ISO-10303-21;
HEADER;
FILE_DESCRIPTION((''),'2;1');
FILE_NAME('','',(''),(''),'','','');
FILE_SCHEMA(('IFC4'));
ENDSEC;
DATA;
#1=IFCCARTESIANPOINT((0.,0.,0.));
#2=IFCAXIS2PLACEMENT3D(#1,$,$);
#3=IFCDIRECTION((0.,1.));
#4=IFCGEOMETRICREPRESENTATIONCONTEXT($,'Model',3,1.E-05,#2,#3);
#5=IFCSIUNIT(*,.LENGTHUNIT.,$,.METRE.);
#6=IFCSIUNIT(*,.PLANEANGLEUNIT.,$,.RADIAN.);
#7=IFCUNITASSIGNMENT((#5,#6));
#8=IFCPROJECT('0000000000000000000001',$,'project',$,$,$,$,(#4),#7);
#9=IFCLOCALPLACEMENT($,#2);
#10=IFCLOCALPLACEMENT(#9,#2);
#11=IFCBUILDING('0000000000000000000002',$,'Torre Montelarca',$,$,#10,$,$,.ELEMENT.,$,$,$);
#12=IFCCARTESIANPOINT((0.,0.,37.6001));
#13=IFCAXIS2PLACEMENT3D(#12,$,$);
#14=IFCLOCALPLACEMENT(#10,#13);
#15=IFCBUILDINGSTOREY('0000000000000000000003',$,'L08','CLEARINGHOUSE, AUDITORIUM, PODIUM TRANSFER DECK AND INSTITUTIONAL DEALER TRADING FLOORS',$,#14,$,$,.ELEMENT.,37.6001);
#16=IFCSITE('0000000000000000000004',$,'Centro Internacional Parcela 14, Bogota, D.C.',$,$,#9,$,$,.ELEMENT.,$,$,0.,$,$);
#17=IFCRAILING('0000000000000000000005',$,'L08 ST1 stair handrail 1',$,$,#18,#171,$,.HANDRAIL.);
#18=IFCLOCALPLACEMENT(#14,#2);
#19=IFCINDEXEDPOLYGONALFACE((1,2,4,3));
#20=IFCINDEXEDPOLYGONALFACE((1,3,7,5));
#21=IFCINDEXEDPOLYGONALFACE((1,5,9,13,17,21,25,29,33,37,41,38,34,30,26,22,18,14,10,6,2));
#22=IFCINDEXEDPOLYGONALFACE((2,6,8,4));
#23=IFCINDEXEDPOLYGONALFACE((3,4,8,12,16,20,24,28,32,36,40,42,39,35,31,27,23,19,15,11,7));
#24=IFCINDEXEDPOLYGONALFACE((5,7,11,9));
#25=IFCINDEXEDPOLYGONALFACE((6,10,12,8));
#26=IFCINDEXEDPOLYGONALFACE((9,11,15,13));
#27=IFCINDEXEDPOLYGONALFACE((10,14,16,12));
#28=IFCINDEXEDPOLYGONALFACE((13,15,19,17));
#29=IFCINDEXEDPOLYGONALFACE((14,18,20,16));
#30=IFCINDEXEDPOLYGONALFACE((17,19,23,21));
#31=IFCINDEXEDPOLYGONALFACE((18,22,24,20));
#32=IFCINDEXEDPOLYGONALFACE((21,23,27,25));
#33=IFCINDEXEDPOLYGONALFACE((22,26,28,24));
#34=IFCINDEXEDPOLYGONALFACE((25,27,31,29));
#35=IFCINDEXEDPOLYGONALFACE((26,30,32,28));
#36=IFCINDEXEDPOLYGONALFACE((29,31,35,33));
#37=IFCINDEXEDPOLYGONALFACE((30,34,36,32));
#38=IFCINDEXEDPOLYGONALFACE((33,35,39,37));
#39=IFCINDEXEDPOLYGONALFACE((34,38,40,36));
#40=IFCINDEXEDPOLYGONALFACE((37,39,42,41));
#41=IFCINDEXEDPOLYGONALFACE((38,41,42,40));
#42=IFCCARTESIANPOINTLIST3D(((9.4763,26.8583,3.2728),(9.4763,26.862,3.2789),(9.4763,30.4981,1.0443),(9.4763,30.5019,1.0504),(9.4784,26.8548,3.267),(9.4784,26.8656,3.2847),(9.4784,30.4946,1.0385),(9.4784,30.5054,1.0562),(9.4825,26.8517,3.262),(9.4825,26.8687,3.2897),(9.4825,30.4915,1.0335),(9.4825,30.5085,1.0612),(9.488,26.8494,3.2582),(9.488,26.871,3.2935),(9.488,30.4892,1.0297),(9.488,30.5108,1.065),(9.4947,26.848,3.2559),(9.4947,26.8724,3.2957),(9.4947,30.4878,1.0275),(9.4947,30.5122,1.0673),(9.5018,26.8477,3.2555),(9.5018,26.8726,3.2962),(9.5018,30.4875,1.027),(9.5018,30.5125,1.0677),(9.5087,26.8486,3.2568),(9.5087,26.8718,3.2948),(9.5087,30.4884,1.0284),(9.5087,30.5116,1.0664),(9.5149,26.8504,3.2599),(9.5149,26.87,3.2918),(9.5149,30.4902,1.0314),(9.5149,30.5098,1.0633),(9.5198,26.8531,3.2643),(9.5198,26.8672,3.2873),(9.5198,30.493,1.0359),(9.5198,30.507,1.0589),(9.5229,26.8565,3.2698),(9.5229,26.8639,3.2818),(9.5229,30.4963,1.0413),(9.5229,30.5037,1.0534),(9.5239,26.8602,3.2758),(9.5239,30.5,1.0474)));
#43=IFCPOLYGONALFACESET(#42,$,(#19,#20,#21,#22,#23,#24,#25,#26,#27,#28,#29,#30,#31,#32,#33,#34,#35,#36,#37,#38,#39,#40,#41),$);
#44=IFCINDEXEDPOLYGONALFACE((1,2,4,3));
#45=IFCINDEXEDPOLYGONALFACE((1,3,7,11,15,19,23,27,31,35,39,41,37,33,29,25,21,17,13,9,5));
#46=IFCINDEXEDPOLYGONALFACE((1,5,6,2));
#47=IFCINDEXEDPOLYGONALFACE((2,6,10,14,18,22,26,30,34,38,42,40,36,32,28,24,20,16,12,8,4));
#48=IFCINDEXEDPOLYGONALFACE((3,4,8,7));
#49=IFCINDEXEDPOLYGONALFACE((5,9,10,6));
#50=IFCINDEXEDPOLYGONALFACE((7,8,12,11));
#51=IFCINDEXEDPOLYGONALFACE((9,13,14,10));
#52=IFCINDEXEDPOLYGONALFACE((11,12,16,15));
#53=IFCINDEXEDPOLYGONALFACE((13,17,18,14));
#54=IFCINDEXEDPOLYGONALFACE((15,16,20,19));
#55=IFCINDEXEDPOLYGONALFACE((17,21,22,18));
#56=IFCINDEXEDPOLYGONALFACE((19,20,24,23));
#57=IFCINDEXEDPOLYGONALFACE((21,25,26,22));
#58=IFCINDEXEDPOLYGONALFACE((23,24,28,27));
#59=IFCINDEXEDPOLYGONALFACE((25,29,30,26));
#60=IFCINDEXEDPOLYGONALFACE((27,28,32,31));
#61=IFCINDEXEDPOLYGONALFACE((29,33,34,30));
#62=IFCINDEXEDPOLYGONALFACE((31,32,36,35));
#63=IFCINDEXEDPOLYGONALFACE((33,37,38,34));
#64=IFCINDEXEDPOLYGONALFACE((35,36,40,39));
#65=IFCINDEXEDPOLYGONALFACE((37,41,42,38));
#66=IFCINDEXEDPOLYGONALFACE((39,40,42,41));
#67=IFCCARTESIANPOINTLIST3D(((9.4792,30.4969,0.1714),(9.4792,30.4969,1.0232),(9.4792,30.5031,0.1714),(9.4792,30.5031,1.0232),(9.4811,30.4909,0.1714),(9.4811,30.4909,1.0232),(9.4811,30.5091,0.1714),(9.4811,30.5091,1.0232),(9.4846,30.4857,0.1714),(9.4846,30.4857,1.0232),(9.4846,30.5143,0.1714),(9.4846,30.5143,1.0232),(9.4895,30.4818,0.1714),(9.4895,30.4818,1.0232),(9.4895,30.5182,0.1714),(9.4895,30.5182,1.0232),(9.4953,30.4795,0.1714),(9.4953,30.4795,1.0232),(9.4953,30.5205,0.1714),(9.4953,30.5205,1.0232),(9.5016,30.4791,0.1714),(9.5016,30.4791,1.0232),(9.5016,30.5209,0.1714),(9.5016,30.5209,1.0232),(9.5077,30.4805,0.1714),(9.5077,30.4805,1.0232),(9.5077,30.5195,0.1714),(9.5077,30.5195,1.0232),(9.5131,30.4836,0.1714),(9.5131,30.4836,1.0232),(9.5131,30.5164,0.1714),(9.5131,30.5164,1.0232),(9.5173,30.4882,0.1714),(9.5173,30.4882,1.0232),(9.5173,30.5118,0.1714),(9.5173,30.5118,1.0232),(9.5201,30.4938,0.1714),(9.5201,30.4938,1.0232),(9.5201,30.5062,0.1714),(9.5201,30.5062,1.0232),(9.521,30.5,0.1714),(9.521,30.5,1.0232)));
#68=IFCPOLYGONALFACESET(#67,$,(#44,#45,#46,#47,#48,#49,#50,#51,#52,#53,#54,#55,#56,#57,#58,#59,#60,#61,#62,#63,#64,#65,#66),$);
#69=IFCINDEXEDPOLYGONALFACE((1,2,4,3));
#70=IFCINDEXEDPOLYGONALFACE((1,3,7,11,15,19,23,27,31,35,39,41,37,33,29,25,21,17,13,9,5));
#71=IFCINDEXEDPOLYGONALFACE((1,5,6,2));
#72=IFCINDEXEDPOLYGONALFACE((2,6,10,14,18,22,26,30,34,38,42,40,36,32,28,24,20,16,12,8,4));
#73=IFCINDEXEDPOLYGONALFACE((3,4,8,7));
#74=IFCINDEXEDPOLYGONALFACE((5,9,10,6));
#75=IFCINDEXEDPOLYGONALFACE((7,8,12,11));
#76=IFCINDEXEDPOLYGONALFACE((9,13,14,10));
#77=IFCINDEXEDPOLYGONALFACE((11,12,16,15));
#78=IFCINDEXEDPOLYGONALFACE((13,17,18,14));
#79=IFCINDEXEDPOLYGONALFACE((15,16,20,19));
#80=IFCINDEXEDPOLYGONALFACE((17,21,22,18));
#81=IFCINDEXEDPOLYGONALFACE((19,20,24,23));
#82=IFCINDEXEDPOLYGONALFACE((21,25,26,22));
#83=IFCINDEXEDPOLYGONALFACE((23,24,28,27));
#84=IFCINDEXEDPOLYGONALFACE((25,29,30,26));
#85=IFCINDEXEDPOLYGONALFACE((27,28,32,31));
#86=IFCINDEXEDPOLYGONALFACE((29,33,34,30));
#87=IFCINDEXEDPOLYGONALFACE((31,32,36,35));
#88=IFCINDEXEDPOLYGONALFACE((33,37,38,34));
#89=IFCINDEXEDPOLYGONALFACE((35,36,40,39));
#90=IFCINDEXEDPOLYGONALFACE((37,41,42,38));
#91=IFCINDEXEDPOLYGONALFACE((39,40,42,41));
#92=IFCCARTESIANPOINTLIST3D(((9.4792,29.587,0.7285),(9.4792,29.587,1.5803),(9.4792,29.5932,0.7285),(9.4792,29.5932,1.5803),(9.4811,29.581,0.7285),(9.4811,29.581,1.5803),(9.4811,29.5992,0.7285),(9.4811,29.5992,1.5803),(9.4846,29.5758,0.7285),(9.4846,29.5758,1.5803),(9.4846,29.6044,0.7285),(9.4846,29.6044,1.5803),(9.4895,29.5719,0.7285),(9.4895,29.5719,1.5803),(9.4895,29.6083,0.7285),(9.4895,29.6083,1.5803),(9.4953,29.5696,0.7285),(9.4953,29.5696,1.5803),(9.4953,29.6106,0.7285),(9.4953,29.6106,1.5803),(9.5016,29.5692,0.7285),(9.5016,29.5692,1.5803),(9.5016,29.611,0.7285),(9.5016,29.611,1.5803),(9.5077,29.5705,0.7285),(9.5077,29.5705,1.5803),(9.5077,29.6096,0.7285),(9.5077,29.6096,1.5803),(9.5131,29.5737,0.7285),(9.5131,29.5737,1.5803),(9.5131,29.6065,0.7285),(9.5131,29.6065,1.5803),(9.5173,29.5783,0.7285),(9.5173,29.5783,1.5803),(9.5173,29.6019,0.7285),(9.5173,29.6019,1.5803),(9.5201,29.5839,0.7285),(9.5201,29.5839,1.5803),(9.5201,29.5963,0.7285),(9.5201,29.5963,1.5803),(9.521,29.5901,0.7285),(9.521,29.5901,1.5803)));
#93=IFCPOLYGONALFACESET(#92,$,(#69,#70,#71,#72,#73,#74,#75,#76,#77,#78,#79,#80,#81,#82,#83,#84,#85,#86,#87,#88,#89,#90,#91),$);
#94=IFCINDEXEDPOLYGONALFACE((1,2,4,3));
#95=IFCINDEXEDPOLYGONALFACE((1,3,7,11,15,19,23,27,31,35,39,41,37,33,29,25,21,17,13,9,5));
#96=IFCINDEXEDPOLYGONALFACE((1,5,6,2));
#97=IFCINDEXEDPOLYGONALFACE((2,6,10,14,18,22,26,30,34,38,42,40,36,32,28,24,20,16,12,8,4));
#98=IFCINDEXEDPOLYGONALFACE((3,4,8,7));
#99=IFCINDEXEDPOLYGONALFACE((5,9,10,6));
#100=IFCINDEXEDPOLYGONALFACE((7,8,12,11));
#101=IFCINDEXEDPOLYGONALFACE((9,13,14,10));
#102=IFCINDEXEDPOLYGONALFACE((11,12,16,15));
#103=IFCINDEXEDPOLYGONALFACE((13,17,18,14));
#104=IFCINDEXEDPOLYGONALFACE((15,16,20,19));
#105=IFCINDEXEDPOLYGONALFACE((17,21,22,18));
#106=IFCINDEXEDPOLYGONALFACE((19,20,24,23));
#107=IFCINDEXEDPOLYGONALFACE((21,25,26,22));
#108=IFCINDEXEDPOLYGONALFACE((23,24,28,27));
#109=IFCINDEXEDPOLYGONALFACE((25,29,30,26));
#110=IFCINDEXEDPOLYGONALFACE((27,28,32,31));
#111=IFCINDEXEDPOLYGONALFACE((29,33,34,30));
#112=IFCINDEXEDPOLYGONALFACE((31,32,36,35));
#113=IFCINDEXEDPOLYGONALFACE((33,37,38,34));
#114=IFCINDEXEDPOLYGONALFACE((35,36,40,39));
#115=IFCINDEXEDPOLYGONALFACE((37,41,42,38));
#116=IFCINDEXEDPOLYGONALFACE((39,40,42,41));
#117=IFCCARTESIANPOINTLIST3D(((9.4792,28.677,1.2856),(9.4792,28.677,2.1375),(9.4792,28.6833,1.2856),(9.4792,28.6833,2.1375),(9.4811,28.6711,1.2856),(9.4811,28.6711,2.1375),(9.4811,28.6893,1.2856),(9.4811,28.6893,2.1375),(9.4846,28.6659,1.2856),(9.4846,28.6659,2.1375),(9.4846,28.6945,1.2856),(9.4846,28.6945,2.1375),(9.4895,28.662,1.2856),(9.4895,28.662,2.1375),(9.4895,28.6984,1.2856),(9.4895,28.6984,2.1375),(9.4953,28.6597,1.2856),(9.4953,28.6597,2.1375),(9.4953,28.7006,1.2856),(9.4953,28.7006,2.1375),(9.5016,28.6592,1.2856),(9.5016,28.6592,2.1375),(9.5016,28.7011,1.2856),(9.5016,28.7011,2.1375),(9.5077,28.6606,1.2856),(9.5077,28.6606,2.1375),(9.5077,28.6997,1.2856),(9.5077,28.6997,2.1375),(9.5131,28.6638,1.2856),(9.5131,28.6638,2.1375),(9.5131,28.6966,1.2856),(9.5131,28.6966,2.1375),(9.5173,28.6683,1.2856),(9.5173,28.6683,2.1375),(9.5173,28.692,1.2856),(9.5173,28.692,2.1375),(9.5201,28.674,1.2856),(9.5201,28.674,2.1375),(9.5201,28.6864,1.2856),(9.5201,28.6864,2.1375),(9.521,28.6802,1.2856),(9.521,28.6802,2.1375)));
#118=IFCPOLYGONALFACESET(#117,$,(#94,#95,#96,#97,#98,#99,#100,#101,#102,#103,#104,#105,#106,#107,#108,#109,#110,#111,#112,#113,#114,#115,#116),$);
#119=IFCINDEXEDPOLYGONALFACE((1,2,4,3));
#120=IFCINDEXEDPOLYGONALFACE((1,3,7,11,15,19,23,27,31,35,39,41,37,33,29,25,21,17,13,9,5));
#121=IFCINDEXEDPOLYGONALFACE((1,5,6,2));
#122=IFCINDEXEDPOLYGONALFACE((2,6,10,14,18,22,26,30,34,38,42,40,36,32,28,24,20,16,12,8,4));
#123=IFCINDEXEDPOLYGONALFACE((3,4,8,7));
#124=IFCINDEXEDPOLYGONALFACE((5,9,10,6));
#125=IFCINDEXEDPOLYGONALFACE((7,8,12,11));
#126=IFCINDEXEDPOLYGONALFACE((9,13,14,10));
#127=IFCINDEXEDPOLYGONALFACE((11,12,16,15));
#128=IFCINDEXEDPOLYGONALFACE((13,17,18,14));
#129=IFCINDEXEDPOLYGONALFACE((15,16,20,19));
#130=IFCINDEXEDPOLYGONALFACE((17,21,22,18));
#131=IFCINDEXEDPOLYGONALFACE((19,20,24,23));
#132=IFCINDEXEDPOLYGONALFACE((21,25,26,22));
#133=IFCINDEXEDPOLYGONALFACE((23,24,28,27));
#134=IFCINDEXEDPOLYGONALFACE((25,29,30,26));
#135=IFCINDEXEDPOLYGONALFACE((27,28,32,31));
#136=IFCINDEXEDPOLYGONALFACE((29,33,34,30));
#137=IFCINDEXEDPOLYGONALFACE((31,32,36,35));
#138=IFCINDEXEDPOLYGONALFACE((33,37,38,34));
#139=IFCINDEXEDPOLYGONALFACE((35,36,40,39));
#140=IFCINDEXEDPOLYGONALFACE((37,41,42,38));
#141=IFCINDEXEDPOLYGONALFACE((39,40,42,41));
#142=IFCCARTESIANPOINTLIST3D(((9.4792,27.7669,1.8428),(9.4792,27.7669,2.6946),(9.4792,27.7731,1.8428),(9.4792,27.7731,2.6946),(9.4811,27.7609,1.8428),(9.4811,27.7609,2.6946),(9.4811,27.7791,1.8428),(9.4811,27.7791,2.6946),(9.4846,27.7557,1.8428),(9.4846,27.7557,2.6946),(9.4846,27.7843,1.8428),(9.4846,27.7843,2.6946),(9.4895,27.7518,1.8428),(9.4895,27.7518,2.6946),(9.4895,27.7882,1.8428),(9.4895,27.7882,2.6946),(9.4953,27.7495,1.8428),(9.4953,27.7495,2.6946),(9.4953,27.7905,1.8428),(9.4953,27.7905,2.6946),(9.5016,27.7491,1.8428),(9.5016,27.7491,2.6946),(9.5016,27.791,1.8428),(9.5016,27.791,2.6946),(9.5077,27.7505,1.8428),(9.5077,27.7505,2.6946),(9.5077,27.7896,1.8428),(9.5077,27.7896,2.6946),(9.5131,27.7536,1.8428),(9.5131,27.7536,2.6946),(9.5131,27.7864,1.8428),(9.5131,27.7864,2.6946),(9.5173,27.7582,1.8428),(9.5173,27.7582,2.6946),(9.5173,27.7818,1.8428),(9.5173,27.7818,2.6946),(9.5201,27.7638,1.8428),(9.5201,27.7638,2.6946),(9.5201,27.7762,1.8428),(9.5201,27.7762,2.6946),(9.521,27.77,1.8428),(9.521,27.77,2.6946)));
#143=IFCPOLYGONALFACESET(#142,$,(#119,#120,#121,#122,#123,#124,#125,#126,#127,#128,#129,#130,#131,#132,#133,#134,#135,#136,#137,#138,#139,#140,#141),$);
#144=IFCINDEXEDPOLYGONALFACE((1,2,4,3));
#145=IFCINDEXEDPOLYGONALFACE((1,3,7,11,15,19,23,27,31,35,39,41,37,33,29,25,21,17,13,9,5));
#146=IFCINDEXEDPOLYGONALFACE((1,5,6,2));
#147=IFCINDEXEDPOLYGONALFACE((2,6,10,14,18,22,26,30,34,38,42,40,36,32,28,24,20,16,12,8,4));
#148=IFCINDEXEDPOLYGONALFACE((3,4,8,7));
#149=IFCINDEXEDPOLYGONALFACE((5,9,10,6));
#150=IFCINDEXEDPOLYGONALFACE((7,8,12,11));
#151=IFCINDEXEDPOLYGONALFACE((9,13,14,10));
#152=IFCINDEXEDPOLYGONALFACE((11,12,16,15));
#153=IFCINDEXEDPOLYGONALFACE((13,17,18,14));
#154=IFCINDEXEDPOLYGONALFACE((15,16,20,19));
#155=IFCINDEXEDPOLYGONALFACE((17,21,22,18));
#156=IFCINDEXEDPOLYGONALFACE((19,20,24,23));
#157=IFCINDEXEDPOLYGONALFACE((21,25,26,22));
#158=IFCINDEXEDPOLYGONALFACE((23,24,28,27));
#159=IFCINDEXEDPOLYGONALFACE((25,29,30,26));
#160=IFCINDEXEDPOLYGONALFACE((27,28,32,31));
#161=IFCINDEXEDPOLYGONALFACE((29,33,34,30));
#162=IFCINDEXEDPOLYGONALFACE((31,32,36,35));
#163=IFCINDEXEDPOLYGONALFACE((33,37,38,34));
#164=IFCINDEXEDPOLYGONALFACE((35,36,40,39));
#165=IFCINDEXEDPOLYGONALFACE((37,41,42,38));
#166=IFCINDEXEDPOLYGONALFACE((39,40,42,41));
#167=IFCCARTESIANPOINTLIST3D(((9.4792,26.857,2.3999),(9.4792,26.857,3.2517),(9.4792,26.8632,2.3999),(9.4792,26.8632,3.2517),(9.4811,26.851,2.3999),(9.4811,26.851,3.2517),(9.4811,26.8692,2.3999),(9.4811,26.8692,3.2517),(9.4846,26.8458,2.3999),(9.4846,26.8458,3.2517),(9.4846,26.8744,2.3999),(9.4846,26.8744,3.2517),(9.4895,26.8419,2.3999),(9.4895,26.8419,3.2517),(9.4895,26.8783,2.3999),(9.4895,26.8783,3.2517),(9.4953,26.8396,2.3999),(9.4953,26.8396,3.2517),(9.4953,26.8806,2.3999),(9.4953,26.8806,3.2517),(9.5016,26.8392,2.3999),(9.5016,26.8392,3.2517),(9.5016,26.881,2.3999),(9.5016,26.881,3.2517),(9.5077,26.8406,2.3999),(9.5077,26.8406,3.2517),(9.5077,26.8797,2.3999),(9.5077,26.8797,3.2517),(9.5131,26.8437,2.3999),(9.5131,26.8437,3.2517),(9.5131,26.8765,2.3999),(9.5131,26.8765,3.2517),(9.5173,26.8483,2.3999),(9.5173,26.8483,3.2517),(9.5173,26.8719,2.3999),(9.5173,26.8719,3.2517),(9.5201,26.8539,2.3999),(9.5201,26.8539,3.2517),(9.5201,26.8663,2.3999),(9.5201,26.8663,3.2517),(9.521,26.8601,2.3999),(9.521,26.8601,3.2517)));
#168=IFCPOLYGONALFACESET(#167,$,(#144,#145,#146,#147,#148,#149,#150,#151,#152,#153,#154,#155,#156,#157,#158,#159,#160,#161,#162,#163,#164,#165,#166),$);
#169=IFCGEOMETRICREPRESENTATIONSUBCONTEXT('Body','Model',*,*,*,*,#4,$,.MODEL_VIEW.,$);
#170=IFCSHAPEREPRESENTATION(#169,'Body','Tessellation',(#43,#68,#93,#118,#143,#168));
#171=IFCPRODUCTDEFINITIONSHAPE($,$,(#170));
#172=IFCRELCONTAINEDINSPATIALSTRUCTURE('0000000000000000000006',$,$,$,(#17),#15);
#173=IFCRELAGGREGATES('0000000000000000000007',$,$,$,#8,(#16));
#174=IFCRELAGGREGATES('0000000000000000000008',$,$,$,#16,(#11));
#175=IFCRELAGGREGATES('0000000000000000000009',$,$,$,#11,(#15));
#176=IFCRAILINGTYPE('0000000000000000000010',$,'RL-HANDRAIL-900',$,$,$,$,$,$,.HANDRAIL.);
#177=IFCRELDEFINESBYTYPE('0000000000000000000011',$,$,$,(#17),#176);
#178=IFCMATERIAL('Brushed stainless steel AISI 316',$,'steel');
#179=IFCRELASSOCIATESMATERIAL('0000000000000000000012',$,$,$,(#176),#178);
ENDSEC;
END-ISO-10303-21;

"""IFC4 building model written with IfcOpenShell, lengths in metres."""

from ifc_helpers import new_model, si_unit, direction, frame, origin, origin_2d, place, context, subcontext, project, spatial, circle, extrude, material, type_object, element, save


model = new_model("IFC4")

# Units and contexts
model_context = context("Model", 3, precision=1e-05, world=origin(), true_north=direction((0.0, 1.0)))
body_context = subcontext(model_context, "Body", "Model", "MODEL_VIEW")
ifc_project = project(units=[si_unit("LENGTHUNIT", "METRE"), si_unit("PLANEANGLEUNIT", "RADIAN")], contexts=[model_context])

# Site, building, storey
site_placement = place(None, origin())
site = spatial("IfcSite", under=ifc_project, at=site_placement, Name="Centro Internacional Parcela 14, Bogota, D.C.", CompositionType="ELEMENT", RefElevation=0.0)
building_placement = place(site_placement, origin())
building = spatial("IfcBuilding", under=site, at=building_placement, Name="Torre Montelarca", CompositionType="ELEMENT")
storey_placement = place(building_placement, frame((0.0, 0.0, 37.6001)))
storey = spatial("IfcBuildingStorey", under=building, at=storey_placement, Name="L08", Description="CLEARINGHOUSE, AUDITORIUM, PODIUM TRANSFER DECK AND INSTITUTIONAL DEALER TRADING FLOORS", CompositionType="ELEMENT", Elevation=37.6001)

# Shared definitions
ifc_material_1 = material(Name="Brushed stainless steel AISI 316", Category="steel")

# Railing
railing_type_1 = type_object("IfcRailingType", Name="RL-HANDRAIL-900", PredefinedType="HANDRAIL", material=ifc_material_1)
railing_1_placement = place(storey_placement, frame((9.5, 30.5, 0.1714)))
element("IfcRailing", 1, at=railing_1_placement, inside=storey, type_object=railing_type_1, Name="L08 ST1 stair handrail 1", PredefinedType="HANDRAIL", context=body_context, shape_type="SweptSolid", body=[
    extrude(circle(Radius=0.0239, at=origin_2d()), frame((0.0, 0.0, 0.876), z_axis=(0.0, -0.85285, 0.522156), x_axis=(1.0, 0.0, 0.0)), (0.0, 0.0, 1.0), 4.2678),
    extrude(circle(Radius=0.021, at=origin_2d()), origin(), (0.0, 0.0, 1.0), 0.8518),
    extrude(circle(Radius=0.021, at=origin_2d()), frame((0.0, -0.9099, 0.5571)), (0.0, 0.0, 1.0), 0.8518),
    extrude(circle(Radius=0.021, at=origin_2d()), frame((0.0, -1.8198, 1.1143)), (0.0, 0.0, 1.0), 0.8518),
    extrude(circle(Radius=0.021, at=origin_2d()), frame((0.0, -2.73, 1.6714)), (0.0, 0.0, 1.0), 0.8518),
    extrude(circle(Radius=0.021, at=origin_2d()), frame((0.0, -3.6399, 2.2285)), (0.0, 0.0, 1.0), 0.8518),
])

save(model, "model.ifc")
